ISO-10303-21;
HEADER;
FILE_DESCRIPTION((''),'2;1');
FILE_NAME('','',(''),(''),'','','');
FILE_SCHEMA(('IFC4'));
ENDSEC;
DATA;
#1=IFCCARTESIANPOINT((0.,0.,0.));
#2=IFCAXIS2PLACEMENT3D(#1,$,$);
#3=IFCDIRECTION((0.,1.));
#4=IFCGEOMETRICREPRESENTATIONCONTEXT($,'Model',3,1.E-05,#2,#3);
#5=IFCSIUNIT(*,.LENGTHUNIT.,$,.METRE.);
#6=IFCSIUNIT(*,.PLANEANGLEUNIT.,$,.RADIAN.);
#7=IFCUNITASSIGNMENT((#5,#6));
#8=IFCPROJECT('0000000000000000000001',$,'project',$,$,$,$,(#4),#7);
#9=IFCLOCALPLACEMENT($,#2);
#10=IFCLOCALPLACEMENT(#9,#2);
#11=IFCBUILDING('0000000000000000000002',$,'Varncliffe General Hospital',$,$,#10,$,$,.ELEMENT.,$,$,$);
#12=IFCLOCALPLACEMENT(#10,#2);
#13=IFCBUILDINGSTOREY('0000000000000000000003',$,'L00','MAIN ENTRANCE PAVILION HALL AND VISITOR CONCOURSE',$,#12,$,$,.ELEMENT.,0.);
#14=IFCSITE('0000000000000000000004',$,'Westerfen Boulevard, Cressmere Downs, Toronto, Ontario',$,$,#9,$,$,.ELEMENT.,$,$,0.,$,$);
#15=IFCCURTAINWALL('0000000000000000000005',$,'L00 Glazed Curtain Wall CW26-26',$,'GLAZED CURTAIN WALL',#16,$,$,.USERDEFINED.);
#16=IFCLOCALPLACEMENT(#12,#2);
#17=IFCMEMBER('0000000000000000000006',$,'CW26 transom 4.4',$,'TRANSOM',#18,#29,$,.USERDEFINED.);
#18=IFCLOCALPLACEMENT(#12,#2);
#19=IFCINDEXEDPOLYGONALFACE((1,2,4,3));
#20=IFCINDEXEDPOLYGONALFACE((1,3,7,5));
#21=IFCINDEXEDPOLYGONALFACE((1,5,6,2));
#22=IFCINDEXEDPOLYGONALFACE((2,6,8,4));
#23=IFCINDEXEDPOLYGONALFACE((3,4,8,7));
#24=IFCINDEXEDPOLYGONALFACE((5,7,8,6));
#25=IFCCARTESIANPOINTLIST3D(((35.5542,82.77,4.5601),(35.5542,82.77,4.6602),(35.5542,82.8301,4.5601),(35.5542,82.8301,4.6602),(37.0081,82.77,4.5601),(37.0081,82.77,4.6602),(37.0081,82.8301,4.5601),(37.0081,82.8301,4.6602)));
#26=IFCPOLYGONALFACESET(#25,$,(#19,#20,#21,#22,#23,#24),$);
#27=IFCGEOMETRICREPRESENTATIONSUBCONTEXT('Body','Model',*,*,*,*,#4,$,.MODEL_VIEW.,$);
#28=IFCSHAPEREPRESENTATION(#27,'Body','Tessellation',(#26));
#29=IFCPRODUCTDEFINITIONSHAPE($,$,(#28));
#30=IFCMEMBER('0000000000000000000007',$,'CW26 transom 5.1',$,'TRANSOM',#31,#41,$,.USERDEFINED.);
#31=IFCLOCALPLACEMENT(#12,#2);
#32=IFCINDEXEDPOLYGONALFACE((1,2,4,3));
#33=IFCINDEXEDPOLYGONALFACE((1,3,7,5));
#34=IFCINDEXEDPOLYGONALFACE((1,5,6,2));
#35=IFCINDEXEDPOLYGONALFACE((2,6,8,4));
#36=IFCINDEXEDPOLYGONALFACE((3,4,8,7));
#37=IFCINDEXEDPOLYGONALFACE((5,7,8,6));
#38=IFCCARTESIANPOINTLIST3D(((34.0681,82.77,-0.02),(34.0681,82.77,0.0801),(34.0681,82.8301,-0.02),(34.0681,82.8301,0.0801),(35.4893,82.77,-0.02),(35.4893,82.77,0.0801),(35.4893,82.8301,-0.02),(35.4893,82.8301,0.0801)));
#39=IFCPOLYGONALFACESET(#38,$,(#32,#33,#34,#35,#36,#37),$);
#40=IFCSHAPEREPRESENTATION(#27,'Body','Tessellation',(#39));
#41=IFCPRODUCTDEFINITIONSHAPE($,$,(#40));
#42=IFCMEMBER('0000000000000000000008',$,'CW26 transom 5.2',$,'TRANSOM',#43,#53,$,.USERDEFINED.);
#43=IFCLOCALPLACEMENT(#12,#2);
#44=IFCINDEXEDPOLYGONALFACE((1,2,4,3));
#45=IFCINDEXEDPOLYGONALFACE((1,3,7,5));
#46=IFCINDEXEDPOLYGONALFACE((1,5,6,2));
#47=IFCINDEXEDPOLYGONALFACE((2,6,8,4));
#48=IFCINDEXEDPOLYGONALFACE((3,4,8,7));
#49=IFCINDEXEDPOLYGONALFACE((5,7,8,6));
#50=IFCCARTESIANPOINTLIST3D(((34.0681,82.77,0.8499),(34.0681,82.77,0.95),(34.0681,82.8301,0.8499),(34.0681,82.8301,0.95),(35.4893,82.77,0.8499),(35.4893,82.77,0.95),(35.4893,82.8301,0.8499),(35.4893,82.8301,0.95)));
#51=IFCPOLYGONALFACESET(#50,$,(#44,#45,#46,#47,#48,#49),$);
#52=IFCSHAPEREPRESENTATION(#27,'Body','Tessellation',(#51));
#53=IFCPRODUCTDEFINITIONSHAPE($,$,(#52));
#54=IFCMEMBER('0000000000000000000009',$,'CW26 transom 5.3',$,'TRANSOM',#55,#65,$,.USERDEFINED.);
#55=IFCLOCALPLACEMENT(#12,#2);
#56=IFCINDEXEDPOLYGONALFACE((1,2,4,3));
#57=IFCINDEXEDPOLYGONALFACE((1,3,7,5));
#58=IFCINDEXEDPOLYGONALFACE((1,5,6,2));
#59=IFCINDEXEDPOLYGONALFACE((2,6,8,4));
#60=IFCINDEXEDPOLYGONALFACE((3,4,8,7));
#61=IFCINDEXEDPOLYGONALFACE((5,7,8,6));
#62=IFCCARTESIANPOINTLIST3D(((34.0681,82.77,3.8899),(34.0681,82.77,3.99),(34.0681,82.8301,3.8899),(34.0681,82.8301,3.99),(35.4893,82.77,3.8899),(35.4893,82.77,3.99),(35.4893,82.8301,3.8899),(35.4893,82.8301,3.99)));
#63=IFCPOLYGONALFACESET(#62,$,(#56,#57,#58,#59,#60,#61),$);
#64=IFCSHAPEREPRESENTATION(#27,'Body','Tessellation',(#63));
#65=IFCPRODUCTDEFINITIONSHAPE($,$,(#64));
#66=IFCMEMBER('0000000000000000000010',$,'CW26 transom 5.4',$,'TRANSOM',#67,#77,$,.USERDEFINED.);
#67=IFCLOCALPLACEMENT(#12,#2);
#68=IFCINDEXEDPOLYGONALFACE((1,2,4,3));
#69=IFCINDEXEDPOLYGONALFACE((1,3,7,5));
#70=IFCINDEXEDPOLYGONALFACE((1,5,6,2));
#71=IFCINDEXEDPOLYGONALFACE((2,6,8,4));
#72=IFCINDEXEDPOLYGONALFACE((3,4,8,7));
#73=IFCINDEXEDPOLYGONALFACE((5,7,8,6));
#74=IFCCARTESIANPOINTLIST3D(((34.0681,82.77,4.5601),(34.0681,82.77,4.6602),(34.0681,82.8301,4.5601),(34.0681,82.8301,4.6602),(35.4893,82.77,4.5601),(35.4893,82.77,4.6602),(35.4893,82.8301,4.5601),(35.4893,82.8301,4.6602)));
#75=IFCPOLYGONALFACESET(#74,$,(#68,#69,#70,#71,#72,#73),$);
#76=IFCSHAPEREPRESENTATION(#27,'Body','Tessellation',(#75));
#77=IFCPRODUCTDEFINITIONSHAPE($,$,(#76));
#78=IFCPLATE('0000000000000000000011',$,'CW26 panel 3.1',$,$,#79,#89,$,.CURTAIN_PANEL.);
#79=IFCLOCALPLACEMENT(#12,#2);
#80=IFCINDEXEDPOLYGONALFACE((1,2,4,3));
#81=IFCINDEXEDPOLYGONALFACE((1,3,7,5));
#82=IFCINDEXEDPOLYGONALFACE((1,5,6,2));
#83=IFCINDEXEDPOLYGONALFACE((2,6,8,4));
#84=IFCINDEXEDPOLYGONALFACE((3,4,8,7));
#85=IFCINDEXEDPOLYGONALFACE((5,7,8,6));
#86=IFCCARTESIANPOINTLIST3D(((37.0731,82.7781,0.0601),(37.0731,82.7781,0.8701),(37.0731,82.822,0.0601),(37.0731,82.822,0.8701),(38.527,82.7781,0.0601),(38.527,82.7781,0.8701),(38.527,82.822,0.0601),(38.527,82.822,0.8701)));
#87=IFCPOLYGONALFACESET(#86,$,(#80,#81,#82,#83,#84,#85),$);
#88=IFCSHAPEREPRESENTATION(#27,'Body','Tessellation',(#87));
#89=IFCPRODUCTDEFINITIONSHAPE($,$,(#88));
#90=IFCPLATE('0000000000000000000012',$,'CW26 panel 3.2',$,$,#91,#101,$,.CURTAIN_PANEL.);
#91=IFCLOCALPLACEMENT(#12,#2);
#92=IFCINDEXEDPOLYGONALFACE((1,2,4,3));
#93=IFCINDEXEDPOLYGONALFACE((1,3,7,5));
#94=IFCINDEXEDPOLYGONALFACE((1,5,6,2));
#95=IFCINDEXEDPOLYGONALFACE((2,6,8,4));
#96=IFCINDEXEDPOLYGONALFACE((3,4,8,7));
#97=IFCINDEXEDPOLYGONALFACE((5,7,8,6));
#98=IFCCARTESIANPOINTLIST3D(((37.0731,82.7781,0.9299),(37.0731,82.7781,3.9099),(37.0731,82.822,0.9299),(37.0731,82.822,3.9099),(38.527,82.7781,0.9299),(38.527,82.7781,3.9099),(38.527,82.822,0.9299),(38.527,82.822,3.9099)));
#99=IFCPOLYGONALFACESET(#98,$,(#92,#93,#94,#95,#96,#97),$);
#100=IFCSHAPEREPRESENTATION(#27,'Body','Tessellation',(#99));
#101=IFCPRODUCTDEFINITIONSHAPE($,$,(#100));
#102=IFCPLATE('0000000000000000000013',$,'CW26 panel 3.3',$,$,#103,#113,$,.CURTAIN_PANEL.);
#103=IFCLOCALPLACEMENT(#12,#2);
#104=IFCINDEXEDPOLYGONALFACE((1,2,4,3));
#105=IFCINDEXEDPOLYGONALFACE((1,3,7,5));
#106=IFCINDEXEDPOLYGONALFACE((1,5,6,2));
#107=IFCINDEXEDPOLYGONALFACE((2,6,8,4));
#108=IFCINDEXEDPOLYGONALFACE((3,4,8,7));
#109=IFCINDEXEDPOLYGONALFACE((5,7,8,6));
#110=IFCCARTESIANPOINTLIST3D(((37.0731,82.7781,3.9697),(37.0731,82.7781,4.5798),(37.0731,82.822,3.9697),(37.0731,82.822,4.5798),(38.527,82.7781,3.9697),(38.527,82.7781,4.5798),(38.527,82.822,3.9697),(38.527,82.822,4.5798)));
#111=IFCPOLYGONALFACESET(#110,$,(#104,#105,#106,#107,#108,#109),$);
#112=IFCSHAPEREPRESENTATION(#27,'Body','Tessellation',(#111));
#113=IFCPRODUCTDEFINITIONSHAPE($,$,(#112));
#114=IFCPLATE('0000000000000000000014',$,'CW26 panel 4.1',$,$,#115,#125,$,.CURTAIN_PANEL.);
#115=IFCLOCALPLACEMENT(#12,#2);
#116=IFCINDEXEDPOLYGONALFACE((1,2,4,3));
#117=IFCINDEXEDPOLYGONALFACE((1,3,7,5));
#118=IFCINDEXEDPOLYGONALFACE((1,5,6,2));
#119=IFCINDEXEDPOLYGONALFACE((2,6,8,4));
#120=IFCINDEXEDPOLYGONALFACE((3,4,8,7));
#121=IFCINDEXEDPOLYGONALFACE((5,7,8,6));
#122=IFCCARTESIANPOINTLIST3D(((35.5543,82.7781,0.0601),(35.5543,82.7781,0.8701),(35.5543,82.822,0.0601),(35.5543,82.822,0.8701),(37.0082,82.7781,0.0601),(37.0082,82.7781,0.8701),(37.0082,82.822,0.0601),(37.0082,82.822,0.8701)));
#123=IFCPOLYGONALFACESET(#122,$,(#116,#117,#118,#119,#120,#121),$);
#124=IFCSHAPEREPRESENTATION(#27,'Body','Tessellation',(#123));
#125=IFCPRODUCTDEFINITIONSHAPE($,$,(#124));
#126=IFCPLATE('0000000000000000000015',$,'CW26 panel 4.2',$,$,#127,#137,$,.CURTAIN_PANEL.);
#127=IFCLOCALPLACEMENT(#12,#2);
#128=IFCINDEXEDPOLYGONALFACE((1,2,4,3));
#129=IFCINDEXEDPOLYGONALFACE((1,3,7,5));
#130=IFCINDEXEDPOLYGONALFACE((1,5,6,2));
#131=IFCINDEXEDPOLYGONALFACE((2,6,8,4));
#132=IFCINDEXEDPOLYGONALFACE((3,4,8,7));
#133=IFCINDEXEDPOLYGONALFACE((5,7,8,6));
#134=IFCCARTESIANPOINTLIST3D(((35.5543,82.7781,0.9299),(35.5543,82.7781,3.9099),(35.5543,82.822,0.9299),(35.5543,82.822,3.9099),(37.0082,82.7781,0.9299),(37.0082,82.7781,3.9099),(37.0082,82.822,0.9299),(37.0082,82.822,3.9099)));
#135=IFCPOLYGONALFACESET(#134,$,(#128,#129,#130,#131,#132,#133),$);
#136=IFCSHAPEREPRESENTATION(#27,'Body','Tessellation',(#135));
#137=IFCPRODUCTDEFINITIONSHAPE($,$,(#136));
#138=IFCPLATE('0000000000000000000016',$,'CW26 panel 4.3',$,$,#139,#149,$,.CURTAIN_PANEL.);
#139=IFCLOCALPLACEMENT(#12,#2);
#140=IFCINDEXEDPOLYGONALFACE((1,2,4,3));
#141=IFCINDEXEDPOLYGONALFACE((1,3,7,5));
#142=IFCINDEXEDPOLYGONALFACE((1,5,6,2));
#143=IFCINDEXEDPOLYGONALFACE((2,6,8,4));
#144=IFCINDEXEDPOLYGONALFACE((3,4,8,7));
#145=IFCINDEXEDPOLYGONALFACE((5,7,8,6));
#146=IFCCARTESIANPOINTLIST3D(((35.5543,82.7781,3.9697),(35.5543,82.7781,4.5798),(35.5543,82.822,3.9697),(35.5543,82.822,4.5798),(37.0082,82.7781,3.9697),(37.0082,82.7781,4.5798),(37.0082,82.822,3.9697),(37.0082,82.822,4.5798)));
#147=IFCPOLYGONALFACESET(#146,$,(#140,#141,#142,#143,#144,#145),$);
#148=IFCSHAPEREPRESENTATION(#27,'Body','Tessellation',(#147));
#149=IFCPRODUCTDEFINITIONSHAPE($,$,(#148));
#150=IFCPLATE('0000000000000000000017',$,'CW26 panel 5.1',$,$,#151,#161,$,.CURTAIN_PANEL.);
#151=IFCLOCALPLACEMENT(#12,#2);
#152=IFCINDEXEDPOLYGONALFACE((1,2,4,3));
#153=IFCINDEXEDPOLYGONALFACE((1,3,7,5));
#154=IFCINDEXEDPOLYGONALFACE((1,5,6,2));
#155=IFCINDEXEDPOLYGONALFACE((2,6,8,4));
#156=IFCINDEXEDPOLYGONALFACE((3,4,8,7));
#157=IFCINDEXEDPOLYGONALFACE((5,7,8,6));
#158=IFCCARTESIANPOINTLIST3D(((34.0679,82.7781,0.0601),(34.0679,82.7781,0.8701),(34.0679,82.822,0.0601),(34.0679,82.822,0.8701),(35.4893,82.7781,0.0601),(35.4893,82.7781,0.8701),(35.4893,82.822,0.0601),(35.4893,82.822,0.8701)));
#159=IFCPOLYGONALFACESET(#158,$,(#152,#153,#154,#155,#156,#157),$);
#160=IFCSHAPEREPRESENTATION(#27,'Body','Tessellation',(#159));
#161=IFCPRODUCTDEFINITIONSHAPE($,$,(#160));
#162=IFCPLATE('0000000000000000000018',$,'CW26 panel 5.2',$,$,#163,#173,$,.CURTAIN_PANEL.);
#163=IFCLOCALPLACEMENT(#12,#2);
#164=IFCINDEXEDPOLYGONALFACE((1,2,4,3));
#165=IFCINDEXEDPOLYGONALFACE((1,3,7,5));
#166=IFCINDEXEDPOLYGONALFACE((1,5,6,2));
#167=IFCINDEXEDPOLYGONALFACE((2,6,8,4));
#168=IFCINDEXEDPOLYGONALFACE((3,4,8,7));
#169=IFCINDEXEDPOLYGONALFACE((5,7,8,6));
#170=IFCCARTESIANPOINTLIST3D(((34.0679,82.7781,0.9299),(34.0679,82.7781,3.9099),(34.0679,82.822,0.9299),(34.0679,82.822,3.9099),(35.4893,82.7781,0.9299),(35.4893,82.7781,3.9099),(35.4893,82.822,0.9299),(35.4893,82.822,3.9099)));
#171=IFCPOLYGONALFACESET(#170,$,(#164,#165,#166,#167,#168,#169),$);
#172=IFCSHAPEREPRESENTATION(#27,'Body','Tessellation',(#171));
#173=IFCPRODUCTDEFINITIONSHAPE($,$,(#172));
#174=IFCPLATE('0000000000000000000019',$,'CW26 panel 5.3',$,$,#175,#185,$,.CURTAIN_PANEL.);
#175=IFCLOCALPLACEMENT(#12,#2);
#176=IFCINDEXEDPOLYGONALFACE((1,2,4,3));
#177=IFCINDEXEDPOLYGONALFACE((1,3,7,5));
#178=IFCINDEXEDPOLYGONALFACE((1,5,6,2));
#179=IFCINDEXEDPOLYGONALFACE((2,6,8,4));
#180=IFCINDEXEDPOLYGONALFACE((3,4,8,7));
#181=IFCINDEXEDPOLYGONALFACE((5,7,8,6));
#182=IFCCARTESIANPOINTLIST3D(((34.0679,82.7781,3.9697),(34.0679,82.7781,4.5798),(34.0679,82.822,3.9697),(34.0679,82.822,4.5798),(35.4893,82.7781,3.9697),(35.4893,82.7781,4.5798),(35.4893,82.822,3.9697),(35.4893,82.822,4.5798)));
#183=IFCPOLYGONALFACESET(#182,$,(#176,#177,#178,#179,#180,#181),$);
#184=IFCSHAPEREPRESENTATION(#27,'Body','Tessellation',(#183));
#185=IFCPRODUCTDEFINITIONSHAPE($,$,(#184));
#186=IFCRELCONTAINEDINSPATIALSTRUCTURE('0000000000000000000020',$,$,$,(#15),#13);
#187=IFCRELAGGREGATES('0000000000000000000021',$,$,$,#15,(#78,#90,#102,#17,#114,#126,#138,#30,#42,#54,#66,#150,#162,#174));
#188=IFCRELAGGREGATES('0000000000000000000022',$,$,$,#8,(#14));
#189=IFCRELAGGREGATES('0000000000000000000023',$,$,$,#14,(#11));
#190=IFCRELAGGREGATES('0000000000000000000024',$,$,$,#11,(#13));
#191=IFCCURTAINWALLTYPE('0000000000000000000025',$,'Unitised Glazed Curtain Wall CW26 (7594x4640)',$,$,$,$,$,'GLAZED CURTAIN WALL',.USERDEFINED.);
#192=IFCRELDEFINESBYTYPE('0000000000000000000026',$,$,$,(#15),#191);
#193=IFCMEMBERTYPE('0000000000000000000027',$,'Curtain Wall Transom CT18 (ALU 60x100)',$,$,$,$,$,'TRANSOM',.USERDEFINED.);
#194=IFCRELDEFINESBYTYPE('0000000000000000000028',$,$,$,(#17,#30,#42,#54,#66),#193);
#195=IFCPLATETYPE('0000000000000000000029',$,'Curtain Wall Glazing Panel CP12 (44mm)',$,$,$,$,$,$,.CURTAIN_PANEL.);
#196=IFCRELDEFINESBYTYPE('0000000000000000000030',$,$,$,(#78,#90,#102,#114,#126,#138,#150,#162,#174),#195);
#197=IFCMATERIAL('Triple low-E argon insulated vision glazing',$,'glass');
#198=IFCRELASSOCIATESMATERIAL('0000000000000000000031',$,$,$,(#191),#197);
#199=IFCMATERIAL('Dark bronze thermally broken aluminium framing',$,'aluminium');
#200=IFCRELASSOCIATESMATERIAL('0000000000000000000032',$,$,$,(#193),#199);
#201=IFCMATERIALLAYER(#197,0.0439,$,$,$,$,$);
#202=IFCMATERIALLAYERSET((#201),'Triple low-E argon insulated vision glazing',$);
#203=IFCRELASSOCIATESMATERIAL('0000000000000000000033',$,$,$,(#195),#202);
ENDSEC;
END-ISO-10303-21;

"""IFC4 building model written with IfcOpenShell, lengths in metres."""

from ifc_helpers import new_model, si_unit, direction, frame, origin, origin_2d, place, context, subcontext, project, spatial, rectangle, extrude, material, layer, layer_set, material_profile, profile_set, type_object, element, aggregate, save


model = new_model("IFC4")

# Units and contexts
model_context = context("Model", 3, precision=1e-05, world=origin(), true_north=direction((0.0, 1.0)))
body_context = subcontext(model_context, "Body", "Model", "MODEL_VIEW")
ifc_project = project(units=[si_unit("LENGTHUNIT", "METRE"), si_unit("PLANEANGLEUNIT", "RADIAN")], contexts=[model_context])

# Site, building, storey
site_placement = place(None, origin())
site = spatial("IfcSite", under=ifc_project, at=site_placement, Name="Westerfen Boulevard, Cressmere Downs, Toronto, Ontario", CompositionType="ELEMENT", RefElevation=0.0)
building_placement = place(site_placement, origin())
building = spatial("IfcBuilding", under=site, at=building_placement, Name="Varncliffe General Hospital", CompositionType="ELEMENT")
storey_placement = place(building_placement, origin())
storey = spatial("IfcBuildingStorey", under=building, at=storey_placement, Name="L00", Description="MAIN ENTRANCE PAVILION HALL AND VISITOR CONCOURSE", CompositionType="ELEMENT", Elevation=0.0)

# Curtain wall, members, plates
ifc_material_1 = material(Name="Triple low-E argon insulated vision glazing", Category="glass")
curtain_wall_type = type_object("IfcCurtainWallType", Name="Unitised Glazed Curtain Wall CW26 (7594x4640)", ElementType="GLAZED CURTAIN WALL", PredefinedType="USERDEFINED", material=ifc_material_1)
curtain_wall_placement = place(storey_placement, origin())
curtain_wall = element("IfcCurtainWall", 1, at=curtain_wall_placement, inside=storey, type_object=curtain_wall_type, Name="L00 Glazed Curtain Wall CW26-26", ObjectType="GLAZED CURTAIN WALL", PredefinedType="USERDEFINED")
ifc_material_2 = material(Name="Dark bronze thermally broken aluminium framing", Category="aluminium")
ifc_material_profile_1 = material_profile(ifc_material_2, rectangle(XDim=0.0601, YDim=0.1001, at=origin_2d()), Name="ALU 60x100")
ifc_profile_set_1 = profile_set([ifc_material_profile_1], Name="Dark bronze thermally broken aluminium framing")
member_type_1 = type_object("IfcMemberType", Name="Curtain Wall Transom CT18 (ALU 60x100)", ElementType="TRANSOM", PredefinedType="USERDEFINED", material=ifc_profile_set_1)
member_1_placement = place(storey_placement, frame((37.0081, 82.8, 4.6101), z_axis=(-1.0, 0.0, 0.0), x_axis=(0.0, -1.0, 0.0)))
member_1 = element("IfcMember", 2, at=member_1_placement, type_object=member_type_1, Name="CW26 transom 4.4", ObjectType="TRANSOM", PredefinedType="USERDEFINED", context=body_context, shape_type="SweptSolid", body=[
    extrude(rectangle(XDim=0.0601, YDim=0.1001, at=origin_2d()), origin(), (0.0, 0.0, 1.0), 1.4539),
])
member_2_placement = place(storey_placement, frame((35.4893, 82.8, 0.03), z_axis=(-1.0, 0.0, 0.0), x_axis=(0.0, -1.0, 0.0)))
member_2 = element("IfcMember", 3, at=member_2_placement, type_object=member_type_1, Name="CW26 transom 5.1", ObjectType="TRANSOM", PredefinedType="USERDEFINED", context=body_context, shape_type="SweptSolid", body=[
    extrude(rectangle(XDim=0.0601, YDim=0.1001, at=origin_2d()), origin(), (0.0, 0.0, 1.0), 1.4211),
])
member_3_placement = place(storey_placement, frame((35.4893, 82.8, 0.8999), z_axis=(-1.0, 0.0, 0.0), x_axis=(0.0, -1.0, 0.0)))
member_3 = element("IfcMember", 4, at=member_3_placement, type_object=member_type_1, Name="CW26 transom 5.2", ObjectType="TRANSOM", PredefinedType="USERDEFINED", context=body_context, shape_type="SweptSolid", body=[
    extrude(rectangle(XDim=0.0601, YDim=0.1001, at=origin_2d()), origin(), (0.0, 0.0, 1.0), 1.4211),
])
member_4_placement = place(storey_placement, frame((35.4893, 82.8, 3.9399), z_axis=(-1.0, 0.0, 0.0), x_axis=(0.0, -1.0, 0.0)))
member_4 = element("IfcMember", 5, at=member_4_placement, type_object=member_type_1, Name="CW26 transom 5.3", ObjectType="TRANSOM", PredefinedType="USERDEFINED", context=body_context, shape_type="SweptSolid", body=[
    extrude(rectangle(XDim=0.0601, YDim=0.1001, at=origin_2d()), origin(), (0.0, 0.0, 1.0), 1.4211),
])
member_5_placement = place(storey_placement, frame((35.4893, 82.8, 4.6101), z_axis=(-1.0, 0.0, 0.0), x_axis=(0.0, -1.0, 0.0)))
member_5 = element("IfcMember", 6, at=member_5_placement, type_object=member_type_1, Name="CW26 transom 5.4", ObjectType="TRANSOM", PredefinedType="USERDEFINED", context=body_context, shape_type="SweptSolid", body=[
    extrude(rectangle(XDim=0.0601, YDim=0.1001, at=origin_2d()), origin(), (0.0, 0.0, 1.0), 1.4211),
])
ifc_layer = layer(ifc_material_1, 0.0439)
ifc_layer_set = layer_set([ifc_layer], Name="Triple low-E argon insulated vision glazing")
plate_type = type_object("IfcPlateType", Name="Curtain Wall Glazing Panel CP12 (44mm)", PredefinedType="CURTAIN_PANEL", material=ifc_layer_set)
plate_1_placement = place(storey_placement, frame((37.8, 82.8, 0.0601), z_axis=(0.0, 0.0, 1.0), x_axis=(-1.0, 0.0, 0.0)))
plate_1 = element("IfcPlate", 7, at=plate_1_placement, type_object=plate_type, Name="CW26 panel 3.1", PredefinedType="CURTAIN_PANEL", context=body_context, shape_type="SweptSolid", body=[
    extrude(rectangle(XDim=1.4539, YDim=0.0439, at=origin_2d()), origin(), (0.0, 0.0, 1.0), 0.8101),
])
plate_2_placement = place(storey_placement, frame((37.8, 82.8, 0.9299), z_axis=(0.0, 0.0, 1.0), x_axis=(-1.0, 0.0, 0.0)))
plate_2 = element("IfcPlate", 8, at=plate_2_placement, type_object=plate_type, Name="CW26 panel 3.2", PredefinedType="CURTAIN_PANEL", context=body_context, shape_type="SweptSolid", body=[
    extrude(rectangle(XDim=1.4539, YDim=0.0439, at=origin_2d()), origin(), (0.0, 0.0, 1.0), 2.98),
])
plate_3_placement = place(storey_placement, frame((37.8, 82.8, 3.9697), z_axis=(0.0, 0.0, 1.0), x_axis=(-1.0, 0.0, 0.0)))
plate_3 = element("IfcPlate", 9, at=plate_3_placement, type_object=plate_type, Name="CW26 panel 3.3", PredefinedType="CURTAIN_PANEL", context=body_context, shape_type="SweptSolid", body=[
    extrude(rectangle(XDim=1.4539, YDim=0.0439, at=origin_2d()), origin(), (0.0, 0.0, 1.0), 0.6101),
])
plate_4_placement = place(storey_placement, frame((36.2812, 82.8, 0.0601), z_axis=(0.0, 0.0, 1.0), x_axis=(-1.0, 0.0, 0.0)))
plate_4 = element("IfcPlate", 10, at=plate_4_placement, type_object=plate_type, Name="CW26 panel 4.1", PredefinedType="CURTAIN_PANEL", context=body_context, shape_type="SweptSolid", body=[
    extrude(rectangle(XDim=1.4539, YDim=0.0439, at=origin_2d()), origin(), (0.0, 0.0, 1.0), 0.8101),
])
plate_5_placement = place(storey_placement, frame((36.2812, 82.8, 0.9299), z_axis=(0.0, 0.0, 1.0), x_axis=(-1.0, 0.0, 0.0)))
plate_5 = element("IfcPlate", 11, at=plate_5_placement, type_object=plate_type, Name="CW26 panel 4.2", PredefinedType="CURTAIN_PANEL", context=body_context, shape_type="SweptSolid", body=[
    extrude(rectangle(XDim=1.4539, YDim=0.0439, at=origin_2d()), origin(), (0.0, 0.0, 1.0), 2.98),
])
plate_6_placement = place(storey_placement, frame((36.2812, 82.8, 3.9697), z_axis=(0.0, 0.0, 1.0), x_axis=(-1.0, 0.0, 0.0)))
plate_6 = element("IfcPlate", 12, at=plate_6_placement, type_object=plate_type, Name="CW26 panel 4.3", PredefinedType="CURTAIN_PANEL", context=body_context, shape_type="SweptSolid", body=[
    extrude(rectangle(XDim=1.4539, YDim=0.0439, at=origin_2d()), origin(), (0.0, 0.0, 1.0), 0.6101),
])
plate_7_placement = place(storey_placement, frame((34.7786, 82.8, 0.0601), z_axis=(0.0, 0.0, 1.0), x_axis=(-1.0, 0.0, 0.0)))
plate_7 = element("IfcPlate", 13, at=plate_7_placement, type_object=plate_type, Name="CW26 panel 5.1", PredefinedType="CURTAIN_PANEL", context=body_context, shape_type="SweptSolid", body=[
    extrude(rectangle(XDim=1.4214, YDim=0.0439, at=origin_2d()), origin(), (0.0, 0.0, 1.0), 0.8101),
])
plate_8_placement = place(storey_placement, frame((34.7786, 82.8, 0.9299), z_axis=(0.0, 0.0, 1.0), x_axis=(-1.0, 0.0, 0.0)))
plate_8 = element("IfcPlate", 14, at=plate_8_placement, type_object=plate_type, Name="CW26 panel 5.2", PredefinedType="CURTAIN_PANEL", context=body_context, shape_type="SweptSolid", body=[
    extrude(rectangle(XDim=1.4214, YDim=0.0439, at=origin_2d()), origin(), (0.0, 0.0, 1.0), 2.98),
])
plate_9_placement = place(storey_placement, frame((34.7786, 82.8, 3.9697), z_axis=(0.0, 0.0, 1.0), x_axis=(-1.0, 0.0, 0.0)))
plate_9 = element("IfcPlate", 15, at=plate_9_placement, type_object=plate_type, Name="CW26 panel 5.3", PredefinedType="CURTAIN_PANEL", context=body_context, shape_type="SweptSolid", body=[
    extrude(rectangle(XDim=1.4214, YDim=0.0439, at=origin_2d()), origin(), (0.0, 0.0, 1.0), 0.6101),
])
aggregate(curtain_wall, [plate_1, plate_2, plate_3, member_1, plate_4, plate_5, plate_6, member_2, member_3, member_4, member_5, plate_7, plate_8, plate_9])

save(model, "model.ifc")
